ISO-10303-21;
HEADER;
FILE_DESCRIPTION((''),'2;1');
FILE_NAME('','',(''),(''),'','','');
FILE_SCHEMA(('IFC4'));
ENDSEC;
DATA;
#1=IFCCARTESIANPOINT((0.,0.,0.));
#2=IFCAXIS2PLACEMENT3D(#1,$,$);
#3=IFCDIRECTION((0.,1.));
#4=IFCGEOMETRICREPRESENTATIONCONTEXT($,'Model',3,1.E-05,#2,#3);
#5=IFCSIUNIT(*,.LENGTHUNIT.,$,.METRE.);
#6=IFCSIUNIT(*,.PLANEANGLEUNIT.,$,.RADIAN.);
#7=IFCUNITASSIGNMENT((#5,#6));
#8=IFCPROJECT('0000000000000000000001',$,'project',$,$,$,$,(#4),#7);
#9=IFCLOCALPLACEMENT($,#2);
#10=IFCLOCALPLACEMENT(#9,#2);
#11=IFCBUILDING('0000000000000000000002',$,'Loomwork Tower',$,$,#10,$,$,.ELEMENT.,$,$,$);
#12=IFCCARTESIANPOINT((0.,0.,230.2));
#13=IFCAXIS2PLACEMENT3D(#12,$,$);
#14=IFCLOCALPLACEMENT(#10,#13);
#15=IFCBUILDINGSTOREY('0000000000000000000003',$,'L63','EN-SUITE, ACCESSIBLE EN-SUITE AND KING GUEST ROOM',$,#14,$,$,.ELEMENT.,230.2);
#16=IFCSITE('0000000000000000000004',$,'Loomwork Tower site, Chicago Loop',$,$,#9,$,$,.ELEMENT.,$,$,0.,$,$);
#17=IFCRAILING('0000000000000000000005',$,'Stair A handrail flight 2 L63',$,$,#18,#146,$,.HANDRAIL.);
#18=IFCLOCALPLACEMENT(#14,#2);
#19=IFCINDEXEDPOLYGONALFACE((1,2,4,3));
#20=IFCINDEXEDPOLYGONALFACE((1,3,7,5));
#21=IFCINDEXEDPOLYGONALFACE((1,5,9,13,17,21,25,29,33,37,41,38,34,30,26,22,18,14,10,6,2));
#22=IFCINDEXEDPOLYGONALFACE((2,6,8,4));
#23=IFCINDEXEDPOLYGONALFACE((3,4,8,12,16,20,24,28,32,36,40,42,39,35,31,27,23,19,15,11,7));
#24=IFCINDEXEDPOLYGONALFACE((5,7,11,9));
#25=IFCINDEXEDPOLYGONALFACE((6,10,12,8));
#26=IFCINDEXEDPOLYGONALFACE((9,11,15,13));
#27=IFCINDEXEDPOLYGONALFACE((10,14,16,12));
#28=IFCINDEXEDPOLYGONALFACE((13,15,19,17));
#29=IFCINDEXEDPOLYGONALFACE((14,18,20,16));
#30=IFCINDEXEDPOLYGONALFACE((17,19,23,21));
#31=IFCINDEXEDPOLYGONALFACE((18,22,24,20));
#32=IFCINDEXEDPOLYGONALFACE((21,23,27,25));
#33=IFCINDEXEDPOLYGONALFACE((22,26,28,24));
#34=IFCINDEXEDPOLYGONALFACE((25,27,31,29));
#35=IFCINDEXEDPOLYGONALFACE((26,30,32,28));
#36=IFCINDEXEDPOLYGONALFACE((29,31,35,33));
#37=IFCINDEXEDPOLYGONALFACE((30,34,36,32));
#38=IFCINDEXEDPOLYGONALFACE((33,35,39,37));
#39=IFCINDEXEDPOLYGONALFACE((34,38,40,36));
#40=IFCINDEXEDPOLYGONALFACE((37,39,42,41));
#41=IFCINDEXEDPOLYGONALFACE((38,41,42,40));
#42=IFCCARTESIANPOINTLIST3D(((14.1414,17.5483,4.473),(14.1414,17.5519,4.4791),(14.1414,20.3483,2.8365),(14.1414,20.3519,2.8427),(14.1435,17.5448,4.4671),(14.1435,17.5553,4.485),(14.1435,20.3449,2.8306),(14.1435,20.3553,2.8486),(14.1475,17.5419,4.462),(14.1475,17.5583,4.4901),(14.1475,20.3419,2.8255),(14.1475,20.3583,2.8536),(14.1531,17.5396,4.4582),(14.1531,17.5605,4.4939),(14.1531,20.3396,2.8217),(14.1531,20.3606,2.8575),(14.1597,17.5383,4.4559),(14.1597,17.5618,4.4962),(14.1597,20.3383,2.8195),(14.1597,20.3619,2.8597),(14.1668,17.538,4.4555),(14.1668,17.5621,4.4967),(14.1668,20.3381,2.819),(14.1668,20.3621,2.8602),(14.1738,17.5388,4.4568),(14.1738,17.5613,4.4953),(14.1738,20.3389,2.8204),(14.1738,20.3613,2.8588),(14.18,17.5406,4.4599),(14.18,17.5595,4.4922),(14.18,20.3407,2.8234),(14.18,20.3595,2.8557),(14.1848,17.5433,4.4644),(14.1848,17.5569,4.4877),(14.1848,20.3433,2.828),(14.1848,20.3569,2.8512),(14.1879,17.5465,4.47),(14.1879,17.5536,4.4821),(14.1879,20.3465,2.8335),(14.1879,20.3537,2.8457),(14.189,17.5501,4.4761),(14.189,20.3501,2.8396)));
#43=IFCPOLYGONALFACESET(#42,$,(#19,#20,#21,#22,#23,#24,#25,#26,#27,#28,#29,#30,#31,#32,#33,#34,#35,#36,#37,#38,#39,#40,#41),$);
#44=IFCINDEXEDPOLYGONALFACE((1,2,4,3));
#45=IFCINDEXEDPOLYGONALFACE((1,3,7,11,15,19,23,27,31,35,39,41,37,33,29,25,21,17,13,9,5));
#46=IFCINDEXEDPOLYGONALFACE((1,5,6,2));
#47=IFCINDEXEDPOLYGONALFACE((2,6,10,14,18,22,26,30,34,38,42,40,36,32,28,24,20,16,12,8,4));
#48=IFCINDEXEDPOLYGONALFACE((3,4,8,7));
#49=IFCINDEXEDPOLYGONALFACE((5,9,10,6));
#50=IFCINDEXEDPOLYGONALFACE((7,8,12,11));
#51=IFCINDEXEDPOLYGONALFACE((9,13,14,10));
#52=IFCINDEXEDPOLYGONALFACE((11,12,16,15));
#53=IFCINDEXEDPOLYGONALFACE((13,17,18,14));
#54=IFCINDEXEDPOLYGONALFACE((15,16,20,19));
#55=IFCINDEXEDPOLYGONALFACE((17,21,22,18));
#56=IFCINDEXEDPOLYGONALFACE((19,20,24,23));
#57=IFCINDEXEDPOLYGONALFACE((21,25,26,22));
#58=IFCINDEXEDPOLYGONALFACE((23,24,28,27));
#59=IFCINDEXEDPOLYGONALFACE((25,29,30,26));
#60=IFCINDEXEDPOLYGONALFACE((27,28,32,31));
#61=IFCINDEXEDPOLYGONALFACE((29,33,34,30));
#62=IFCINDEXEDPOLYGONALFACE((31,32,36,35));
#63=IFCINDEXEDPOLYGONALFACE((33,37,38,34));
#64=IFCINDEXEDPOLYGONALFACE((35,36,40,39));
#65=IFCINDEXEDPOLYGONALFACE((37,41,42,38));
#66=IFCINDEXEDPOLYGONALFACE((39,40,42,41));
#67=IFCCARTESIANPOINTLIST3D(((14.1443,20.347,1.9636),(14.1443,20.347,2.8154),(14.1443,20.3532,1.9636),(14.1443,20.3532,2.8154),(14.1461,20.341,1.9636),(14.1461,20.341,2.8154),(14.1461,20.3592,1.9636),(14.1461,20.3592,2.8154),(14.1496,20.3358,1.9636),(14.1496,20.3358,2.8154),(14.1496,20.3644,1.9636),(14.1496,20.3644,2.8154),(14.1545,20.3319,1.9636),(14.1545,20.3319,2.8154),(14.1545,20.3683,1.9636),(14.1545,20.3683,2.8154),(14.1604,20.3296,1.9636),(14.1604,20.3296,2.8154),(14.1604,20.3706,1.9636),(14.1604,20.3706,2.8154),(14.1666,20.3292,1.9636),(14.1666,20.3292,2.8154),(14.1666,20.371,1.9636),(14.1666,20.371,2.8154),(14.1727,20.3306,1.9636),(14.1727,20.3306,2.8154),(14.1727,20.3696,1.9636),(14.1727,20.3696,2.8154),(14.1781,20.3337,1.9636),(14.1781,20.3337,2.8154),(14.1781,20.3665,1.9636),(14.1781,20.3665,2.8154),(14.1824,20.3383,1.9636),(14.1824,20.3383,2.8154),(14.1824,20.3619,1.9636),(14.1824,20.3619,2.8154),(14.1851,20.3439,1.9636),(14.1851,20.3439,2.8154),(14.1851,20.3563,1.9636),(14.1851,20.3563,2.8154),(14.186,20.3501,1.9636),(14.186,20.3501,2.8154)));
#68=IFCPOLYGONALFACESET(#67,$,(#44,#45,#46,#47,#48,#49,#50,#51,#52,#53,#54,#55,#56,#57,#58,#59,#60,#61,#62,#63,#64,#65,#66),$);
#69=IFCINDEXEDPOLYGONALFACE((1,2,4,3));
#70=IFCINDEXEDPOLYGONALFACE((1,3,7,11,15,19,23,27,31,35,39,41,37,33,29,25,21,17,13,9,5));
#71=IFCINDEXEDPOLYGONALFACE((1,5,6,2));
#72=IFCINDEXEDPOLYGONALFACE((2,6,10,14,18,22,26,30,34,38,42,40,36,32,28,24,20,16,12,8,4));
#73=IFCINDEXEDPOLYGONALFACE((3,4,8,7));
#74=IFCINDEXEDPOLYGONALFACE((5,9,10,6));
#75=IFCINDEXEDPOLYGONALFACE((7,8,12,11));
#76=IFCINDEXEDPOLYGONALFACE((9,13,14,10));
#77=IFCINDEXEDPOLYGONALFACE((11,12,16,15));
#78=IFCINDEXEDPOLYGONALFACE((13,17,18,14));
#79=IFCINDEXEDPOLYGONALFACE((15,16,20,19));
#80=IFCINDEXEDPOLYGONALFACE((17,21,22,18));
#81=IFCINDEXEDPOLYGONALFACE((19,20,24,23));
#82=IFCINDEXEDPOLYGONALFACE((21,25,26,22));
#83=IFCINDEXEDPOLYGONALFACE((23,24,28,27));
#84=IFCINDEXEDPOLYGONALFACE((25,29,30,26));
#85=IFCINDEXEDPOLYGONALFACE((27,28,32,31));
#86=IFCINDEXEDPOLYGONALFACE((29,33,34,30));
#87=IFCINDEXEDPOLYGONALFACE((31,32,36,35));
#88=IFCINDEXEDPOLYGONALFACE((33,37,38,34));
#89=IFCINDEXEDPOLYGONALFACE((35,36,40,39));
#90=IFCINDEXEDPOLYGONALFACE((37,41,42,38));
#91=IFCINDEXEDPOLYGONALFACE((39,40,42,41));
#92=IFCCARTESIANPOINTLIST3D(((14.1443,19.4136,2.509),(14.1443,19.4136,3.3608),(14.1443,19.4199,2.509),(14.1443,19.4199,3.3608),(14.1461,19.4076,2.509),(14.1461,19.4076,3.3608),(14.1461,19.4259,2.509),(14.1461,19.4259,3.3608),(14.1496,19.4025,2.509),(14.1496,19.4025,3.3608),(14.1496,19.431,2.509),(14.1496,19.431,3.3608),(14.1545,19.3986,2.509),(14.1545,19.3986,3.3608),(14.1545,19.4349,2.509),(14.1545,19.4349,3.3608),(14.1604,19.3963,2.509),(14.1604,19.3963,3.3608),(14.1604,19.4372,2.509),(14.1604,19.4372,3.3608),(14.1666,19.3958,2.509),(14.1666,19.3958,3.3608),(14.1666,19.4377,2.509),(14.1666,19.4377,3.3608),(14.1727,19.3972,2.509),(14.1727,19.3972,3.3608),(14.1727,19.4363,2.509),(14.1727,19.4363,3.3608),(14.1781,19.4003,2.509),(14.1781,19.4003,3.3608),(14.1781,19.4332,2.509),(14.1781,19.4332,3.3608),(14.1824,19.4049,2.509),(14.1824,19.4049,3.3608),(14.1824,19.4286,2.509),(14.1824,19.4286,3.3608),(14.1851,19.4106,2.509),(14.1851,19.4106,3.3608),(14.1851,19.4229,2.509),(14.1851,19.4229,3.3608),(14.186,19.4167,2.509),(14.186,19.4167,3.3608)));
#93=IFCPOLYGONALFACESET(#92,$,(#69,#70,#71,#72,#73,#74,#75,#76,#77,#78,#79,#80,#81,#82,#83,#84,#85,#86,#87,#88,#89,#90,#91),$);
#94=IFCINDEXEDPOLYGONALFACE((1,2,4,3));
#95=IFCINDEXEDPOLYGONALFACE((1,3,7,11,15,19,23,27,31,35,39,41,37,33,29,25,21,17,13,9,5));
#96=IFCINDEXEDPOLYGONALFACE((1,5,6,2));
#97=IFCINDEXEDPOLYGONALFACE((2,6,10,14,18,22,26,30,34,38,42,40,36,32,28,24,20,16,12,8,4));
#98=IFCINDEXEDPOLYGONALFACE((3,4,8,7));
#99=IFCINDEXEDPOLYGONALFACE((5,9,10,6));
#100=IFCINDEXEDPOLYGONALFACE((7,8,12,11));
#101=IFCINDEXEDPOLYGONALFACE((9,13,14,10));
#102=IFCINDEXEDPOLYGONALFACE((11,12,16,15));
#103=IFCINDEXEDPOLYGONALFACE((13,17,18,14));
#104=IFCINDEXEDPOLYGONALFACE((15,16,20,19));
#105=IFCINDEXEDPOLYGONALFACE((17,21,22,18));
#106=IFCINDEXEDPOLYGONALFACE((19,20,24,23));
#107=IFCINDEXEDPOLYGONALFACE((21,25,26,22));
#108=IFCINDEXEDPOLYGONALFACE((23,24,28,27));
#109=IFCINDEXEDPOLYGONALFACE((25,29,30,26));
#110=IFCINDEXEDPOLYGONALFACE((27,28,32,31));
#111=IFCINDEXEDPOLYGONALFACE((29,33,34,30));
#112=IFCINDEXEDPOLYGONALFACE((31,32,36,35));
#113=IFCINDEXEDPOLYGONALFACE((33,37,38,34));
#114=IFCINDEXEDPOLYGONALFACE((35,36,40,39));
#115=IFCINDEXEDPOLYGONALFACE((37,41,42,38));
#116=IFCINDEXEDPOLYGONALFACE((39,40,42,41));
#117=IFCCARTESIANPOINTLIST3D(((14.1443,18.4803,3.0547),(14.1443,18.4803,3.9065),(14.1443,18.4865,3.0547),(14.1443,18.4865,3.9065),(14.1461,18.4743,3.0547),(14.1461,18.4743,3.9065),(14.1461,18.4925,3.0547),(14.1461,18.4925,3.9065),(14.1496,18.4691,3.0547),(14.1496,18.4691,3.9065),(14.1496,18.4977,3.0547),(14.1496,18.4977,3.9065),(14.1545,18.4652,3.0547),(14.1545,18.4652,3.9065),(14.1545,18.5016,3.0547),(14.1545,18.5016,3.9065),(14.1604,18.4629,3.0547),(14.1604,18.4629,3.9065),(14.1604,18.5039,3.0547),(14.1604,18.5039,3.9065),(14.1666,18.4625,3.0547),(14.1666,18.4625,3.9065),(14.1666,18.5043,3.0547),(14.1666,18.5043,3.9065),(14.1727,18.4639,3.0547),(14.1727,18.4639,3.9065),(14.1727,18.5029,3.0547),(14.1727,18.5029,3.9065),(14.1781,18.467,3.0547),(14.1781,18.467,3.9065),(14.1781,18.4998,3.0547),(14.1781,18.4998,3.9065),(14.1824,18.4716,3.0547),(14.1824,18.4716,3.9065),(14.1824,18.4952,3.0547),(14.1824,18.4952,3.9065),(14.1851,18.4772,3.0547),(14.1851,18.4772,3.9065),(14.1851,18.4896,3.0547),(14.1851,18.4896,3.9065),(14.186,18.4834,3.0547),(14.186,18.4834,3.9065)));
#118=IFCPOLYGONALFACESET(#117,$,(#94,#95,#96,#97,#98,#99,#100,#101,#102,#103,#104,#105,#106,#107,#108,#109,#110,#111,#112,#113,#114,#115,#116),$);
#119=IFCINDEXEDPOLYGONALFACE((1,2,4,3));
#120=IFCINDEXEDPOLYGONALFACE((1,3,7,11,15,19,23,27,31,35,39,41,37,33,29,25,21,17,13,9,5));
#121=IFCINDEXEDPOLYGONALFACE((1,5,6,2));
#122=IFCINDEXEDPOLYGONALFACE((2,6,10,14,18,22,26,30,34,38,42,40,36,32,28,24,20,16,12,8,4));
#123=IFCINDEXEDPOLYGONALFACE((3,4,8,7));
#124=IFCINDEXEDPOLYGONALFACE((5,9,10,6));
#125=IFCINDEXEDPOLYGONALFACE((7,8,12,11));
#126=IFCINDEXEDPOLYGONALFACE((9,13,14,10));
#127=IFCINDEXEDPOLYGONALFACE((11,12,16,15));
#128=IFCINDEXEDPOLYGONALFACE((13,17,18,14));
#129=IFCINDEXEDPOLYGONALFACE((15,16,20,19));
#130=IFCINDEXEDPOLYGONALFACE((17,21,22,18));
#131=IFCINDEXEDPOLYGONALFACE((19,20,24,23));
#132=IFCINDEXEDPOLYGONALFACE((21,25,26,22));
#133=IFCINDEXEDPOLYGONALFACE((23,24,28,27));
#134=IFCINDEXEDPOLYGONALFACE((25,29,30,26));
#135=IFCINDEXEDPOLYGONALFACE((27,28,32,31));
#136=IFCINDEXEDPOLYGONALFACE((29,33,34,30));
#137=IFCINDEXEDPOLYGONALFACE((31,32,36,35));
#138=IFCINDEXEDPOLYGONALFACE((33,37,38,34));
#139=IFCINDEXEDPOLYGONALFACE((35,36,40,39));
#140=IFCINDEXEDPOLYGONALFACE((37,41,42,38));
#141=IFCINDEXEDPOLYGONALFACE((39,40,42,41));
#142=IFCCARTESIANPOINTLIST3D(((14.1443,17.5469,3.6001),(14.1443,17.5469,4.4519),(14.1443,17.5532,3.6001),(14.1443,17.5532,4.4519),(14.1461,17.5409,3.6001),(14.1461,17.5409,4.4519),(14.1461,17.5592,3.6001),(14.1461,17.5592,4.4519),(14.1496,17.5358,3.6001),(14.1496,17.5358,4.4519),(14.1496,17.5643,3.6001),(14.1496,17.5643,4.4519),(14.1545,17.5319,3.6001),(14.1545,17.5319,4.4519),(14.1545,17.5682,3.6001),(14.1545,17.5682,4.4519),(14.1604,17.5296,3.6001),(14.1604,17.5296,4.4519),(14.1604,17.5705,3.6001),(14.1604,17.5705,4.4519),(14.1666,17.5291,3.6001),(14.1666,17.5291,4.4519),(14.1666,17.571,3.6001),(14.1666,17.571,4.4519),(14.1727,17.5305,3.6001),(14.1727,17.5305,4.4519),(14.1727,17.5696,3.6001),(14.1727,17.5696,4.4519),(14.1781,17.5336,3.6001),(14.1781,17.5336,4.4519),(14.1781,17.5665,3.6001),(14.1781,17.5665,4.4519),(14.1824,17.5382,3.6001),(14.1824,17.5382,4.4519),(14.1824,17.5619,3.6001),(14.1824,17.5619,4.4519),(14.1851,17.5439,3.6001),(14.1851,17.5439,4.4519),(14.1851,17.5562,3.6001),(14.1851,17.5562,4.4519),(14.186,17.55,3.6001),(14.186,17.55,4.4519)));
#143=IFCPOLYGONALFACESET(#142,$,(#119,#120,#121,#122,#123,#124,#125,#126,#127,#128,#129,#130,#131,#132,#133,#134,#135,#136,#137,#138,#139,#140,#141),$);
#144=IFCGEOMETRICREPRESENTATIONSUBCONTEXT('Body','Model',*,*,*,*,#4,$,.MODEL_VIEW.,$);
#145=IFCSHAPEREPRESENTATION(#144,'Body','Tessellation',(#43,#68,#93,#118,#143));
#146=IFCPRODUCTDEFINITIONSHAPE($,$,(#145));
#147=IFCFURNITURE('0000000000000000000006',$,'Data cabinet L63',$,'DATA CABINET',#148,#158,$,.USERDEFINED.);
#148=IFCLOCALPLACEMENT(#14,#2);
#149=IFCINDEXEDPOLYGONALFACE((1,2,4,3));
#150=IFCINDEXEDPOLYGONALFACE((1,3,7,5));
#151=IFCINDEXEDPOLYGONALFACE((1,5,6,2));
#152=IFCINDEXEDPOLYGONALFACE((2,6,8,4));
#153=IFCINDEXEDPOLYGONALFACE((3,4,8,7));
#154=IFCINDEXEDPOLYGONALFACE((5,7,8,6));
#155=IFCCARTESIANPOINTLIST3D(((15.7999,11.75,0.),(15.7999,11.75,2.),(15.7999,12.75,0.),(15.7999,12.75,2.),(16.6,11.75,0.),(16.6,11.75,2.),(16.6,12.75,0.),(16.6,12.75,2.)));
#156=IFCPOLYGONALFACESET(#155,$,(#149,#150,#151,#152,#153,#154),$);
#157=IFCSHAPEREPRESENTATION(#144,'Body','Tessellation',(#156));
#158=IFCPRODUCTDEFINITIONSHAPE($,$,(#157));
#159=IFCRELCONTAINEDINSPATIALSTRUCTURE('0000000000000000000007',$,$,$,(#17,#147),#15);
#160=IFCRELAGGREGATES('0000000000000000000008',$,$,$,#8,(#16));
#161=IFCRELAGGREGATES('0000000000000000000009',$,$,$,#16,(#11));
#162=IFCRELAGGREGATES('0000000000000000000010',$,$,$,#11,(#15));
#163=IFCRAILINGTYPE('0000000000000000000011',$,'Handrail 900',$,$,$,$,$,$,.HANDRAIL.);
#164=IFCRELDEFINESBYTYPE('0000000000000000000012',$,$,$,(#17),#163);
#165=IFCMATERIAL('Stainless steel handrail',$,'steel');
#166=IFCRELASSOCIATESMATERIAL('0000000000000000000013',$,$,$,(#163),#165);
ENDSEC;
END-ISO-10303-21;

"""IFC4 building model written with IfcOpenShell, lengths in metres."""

from ifc_helpers import new_model, si_unit, direction, frame, origin, origin_2d, place, context, subcontext, project, spatial, rectangle, circle, extrude, material, type_object, element, save


model = new_model("IFC4")

# Units and contexts
model_context = context("Model", 3, precision=1e-05, world=origin(), true_north=direction((0.0, 1.0)))
body_context = subcontext(model_context, "Body", "Model", "MODEL_VIEW")
ifc_project = project(units=[si_unit("LENGTHUNIT", "METRE"), si_unit("PLANEANGLEUNIT", "RADIAN")], contexts=[model_context])

# Site, building, storey
site_placement = place(None, origin())
site = spatial("IfcSite", under=ifc_project, at=site_placement, Name="Loomwork Tower site, Chicago Loop", CompositionType="ELEMENT", RefElevation=0.0)
building_placement = place(site_placement, origin())
building = spatial("IfcBuilding", under=site, at=building_placement, Name="Loomwork Tower", CompositionType="ELEMENT")
storey_placement = place(building_placement, frame((0.0, 0.0, 230.2)))
storey = spatial("IfcBuildingStorey", under=building, at=storey_placement, Name="L63", Description="EN-SUITE, ACCESSIBLE EN-SUITE AND KING GUEST ROOM", CompositionType="ELEMENT", Elevation=230.2)

# Railing
ifc_material_1 = material(Name="Stainless steel handrail", Category="steel")
railing_type = type_object("IfcRailingType", Name="Handrail 900", PredefinedType="HANDRAIL", material=ifc_material_1)
railing_placement = place(storey_placement, frame((14.165, 20.3501, 1.9636)))
element("IfcRailing", 1, at=railing_placement, inside=storey, type_object=railing_type, Name="Stair A handrail flight 2 L63", PredefinedType="HANDRAIL", context=body_context, shape_type="SweptSolid", body=[
    extrude(circle(Radius=0.0239, at=origin_2d()), frame((0.0, 0.0, 0.876), z_axis=(0.0, -0.863361, 0.504587), x_axis=(1.0, 0.0, 0.0)), (0.0, 0.0, 1.0), 3.2432),
    extrude(circle(Radius=0.021, at=origin_2d()), origin(), (0.0, 0.0, 1.0), 0.8518),
    extrude(circle(Radius=0.021, at=origin_2d()), frame((0.0, -0.9333, 0.5454)), (0.0, 0.0, 1.0), 0.8518),
    extrude(circle(Radius=0.021, at=origin_2d()), frame((0.0, -1.8667, 1.0911)), (0.0, 0.0, 1.0), 0.8518),
    extrude(circle(Radius=0.021, at=origin_2d()), frame((0.0, -2.8, 1.6365)), (0.0, 0.0, 1.0), 0.8518),
])

# Furniture
furniture_placement = place(storey_placement, frame((16.2, 12.25, 0.0), z_axis=(0.0, 0.0, 1.0), x_axis=(1.0, 0.0, 0.0)))
element("IfcFurniture", 2, at=furniture_placement, inside=storey, Name="Data cabinet L63", ObjectType="DATA CABINET", PredefinedType="USERDEFINED", context=body_context, shape_type="SweptSolid", body=[
    extrude(rectangle(XDim=0.8, YDim=1.0, at=origin_2d()), origin(), (0.0, 0.0, 1.0), 2.0),
])

save(model, "model.ifc")
